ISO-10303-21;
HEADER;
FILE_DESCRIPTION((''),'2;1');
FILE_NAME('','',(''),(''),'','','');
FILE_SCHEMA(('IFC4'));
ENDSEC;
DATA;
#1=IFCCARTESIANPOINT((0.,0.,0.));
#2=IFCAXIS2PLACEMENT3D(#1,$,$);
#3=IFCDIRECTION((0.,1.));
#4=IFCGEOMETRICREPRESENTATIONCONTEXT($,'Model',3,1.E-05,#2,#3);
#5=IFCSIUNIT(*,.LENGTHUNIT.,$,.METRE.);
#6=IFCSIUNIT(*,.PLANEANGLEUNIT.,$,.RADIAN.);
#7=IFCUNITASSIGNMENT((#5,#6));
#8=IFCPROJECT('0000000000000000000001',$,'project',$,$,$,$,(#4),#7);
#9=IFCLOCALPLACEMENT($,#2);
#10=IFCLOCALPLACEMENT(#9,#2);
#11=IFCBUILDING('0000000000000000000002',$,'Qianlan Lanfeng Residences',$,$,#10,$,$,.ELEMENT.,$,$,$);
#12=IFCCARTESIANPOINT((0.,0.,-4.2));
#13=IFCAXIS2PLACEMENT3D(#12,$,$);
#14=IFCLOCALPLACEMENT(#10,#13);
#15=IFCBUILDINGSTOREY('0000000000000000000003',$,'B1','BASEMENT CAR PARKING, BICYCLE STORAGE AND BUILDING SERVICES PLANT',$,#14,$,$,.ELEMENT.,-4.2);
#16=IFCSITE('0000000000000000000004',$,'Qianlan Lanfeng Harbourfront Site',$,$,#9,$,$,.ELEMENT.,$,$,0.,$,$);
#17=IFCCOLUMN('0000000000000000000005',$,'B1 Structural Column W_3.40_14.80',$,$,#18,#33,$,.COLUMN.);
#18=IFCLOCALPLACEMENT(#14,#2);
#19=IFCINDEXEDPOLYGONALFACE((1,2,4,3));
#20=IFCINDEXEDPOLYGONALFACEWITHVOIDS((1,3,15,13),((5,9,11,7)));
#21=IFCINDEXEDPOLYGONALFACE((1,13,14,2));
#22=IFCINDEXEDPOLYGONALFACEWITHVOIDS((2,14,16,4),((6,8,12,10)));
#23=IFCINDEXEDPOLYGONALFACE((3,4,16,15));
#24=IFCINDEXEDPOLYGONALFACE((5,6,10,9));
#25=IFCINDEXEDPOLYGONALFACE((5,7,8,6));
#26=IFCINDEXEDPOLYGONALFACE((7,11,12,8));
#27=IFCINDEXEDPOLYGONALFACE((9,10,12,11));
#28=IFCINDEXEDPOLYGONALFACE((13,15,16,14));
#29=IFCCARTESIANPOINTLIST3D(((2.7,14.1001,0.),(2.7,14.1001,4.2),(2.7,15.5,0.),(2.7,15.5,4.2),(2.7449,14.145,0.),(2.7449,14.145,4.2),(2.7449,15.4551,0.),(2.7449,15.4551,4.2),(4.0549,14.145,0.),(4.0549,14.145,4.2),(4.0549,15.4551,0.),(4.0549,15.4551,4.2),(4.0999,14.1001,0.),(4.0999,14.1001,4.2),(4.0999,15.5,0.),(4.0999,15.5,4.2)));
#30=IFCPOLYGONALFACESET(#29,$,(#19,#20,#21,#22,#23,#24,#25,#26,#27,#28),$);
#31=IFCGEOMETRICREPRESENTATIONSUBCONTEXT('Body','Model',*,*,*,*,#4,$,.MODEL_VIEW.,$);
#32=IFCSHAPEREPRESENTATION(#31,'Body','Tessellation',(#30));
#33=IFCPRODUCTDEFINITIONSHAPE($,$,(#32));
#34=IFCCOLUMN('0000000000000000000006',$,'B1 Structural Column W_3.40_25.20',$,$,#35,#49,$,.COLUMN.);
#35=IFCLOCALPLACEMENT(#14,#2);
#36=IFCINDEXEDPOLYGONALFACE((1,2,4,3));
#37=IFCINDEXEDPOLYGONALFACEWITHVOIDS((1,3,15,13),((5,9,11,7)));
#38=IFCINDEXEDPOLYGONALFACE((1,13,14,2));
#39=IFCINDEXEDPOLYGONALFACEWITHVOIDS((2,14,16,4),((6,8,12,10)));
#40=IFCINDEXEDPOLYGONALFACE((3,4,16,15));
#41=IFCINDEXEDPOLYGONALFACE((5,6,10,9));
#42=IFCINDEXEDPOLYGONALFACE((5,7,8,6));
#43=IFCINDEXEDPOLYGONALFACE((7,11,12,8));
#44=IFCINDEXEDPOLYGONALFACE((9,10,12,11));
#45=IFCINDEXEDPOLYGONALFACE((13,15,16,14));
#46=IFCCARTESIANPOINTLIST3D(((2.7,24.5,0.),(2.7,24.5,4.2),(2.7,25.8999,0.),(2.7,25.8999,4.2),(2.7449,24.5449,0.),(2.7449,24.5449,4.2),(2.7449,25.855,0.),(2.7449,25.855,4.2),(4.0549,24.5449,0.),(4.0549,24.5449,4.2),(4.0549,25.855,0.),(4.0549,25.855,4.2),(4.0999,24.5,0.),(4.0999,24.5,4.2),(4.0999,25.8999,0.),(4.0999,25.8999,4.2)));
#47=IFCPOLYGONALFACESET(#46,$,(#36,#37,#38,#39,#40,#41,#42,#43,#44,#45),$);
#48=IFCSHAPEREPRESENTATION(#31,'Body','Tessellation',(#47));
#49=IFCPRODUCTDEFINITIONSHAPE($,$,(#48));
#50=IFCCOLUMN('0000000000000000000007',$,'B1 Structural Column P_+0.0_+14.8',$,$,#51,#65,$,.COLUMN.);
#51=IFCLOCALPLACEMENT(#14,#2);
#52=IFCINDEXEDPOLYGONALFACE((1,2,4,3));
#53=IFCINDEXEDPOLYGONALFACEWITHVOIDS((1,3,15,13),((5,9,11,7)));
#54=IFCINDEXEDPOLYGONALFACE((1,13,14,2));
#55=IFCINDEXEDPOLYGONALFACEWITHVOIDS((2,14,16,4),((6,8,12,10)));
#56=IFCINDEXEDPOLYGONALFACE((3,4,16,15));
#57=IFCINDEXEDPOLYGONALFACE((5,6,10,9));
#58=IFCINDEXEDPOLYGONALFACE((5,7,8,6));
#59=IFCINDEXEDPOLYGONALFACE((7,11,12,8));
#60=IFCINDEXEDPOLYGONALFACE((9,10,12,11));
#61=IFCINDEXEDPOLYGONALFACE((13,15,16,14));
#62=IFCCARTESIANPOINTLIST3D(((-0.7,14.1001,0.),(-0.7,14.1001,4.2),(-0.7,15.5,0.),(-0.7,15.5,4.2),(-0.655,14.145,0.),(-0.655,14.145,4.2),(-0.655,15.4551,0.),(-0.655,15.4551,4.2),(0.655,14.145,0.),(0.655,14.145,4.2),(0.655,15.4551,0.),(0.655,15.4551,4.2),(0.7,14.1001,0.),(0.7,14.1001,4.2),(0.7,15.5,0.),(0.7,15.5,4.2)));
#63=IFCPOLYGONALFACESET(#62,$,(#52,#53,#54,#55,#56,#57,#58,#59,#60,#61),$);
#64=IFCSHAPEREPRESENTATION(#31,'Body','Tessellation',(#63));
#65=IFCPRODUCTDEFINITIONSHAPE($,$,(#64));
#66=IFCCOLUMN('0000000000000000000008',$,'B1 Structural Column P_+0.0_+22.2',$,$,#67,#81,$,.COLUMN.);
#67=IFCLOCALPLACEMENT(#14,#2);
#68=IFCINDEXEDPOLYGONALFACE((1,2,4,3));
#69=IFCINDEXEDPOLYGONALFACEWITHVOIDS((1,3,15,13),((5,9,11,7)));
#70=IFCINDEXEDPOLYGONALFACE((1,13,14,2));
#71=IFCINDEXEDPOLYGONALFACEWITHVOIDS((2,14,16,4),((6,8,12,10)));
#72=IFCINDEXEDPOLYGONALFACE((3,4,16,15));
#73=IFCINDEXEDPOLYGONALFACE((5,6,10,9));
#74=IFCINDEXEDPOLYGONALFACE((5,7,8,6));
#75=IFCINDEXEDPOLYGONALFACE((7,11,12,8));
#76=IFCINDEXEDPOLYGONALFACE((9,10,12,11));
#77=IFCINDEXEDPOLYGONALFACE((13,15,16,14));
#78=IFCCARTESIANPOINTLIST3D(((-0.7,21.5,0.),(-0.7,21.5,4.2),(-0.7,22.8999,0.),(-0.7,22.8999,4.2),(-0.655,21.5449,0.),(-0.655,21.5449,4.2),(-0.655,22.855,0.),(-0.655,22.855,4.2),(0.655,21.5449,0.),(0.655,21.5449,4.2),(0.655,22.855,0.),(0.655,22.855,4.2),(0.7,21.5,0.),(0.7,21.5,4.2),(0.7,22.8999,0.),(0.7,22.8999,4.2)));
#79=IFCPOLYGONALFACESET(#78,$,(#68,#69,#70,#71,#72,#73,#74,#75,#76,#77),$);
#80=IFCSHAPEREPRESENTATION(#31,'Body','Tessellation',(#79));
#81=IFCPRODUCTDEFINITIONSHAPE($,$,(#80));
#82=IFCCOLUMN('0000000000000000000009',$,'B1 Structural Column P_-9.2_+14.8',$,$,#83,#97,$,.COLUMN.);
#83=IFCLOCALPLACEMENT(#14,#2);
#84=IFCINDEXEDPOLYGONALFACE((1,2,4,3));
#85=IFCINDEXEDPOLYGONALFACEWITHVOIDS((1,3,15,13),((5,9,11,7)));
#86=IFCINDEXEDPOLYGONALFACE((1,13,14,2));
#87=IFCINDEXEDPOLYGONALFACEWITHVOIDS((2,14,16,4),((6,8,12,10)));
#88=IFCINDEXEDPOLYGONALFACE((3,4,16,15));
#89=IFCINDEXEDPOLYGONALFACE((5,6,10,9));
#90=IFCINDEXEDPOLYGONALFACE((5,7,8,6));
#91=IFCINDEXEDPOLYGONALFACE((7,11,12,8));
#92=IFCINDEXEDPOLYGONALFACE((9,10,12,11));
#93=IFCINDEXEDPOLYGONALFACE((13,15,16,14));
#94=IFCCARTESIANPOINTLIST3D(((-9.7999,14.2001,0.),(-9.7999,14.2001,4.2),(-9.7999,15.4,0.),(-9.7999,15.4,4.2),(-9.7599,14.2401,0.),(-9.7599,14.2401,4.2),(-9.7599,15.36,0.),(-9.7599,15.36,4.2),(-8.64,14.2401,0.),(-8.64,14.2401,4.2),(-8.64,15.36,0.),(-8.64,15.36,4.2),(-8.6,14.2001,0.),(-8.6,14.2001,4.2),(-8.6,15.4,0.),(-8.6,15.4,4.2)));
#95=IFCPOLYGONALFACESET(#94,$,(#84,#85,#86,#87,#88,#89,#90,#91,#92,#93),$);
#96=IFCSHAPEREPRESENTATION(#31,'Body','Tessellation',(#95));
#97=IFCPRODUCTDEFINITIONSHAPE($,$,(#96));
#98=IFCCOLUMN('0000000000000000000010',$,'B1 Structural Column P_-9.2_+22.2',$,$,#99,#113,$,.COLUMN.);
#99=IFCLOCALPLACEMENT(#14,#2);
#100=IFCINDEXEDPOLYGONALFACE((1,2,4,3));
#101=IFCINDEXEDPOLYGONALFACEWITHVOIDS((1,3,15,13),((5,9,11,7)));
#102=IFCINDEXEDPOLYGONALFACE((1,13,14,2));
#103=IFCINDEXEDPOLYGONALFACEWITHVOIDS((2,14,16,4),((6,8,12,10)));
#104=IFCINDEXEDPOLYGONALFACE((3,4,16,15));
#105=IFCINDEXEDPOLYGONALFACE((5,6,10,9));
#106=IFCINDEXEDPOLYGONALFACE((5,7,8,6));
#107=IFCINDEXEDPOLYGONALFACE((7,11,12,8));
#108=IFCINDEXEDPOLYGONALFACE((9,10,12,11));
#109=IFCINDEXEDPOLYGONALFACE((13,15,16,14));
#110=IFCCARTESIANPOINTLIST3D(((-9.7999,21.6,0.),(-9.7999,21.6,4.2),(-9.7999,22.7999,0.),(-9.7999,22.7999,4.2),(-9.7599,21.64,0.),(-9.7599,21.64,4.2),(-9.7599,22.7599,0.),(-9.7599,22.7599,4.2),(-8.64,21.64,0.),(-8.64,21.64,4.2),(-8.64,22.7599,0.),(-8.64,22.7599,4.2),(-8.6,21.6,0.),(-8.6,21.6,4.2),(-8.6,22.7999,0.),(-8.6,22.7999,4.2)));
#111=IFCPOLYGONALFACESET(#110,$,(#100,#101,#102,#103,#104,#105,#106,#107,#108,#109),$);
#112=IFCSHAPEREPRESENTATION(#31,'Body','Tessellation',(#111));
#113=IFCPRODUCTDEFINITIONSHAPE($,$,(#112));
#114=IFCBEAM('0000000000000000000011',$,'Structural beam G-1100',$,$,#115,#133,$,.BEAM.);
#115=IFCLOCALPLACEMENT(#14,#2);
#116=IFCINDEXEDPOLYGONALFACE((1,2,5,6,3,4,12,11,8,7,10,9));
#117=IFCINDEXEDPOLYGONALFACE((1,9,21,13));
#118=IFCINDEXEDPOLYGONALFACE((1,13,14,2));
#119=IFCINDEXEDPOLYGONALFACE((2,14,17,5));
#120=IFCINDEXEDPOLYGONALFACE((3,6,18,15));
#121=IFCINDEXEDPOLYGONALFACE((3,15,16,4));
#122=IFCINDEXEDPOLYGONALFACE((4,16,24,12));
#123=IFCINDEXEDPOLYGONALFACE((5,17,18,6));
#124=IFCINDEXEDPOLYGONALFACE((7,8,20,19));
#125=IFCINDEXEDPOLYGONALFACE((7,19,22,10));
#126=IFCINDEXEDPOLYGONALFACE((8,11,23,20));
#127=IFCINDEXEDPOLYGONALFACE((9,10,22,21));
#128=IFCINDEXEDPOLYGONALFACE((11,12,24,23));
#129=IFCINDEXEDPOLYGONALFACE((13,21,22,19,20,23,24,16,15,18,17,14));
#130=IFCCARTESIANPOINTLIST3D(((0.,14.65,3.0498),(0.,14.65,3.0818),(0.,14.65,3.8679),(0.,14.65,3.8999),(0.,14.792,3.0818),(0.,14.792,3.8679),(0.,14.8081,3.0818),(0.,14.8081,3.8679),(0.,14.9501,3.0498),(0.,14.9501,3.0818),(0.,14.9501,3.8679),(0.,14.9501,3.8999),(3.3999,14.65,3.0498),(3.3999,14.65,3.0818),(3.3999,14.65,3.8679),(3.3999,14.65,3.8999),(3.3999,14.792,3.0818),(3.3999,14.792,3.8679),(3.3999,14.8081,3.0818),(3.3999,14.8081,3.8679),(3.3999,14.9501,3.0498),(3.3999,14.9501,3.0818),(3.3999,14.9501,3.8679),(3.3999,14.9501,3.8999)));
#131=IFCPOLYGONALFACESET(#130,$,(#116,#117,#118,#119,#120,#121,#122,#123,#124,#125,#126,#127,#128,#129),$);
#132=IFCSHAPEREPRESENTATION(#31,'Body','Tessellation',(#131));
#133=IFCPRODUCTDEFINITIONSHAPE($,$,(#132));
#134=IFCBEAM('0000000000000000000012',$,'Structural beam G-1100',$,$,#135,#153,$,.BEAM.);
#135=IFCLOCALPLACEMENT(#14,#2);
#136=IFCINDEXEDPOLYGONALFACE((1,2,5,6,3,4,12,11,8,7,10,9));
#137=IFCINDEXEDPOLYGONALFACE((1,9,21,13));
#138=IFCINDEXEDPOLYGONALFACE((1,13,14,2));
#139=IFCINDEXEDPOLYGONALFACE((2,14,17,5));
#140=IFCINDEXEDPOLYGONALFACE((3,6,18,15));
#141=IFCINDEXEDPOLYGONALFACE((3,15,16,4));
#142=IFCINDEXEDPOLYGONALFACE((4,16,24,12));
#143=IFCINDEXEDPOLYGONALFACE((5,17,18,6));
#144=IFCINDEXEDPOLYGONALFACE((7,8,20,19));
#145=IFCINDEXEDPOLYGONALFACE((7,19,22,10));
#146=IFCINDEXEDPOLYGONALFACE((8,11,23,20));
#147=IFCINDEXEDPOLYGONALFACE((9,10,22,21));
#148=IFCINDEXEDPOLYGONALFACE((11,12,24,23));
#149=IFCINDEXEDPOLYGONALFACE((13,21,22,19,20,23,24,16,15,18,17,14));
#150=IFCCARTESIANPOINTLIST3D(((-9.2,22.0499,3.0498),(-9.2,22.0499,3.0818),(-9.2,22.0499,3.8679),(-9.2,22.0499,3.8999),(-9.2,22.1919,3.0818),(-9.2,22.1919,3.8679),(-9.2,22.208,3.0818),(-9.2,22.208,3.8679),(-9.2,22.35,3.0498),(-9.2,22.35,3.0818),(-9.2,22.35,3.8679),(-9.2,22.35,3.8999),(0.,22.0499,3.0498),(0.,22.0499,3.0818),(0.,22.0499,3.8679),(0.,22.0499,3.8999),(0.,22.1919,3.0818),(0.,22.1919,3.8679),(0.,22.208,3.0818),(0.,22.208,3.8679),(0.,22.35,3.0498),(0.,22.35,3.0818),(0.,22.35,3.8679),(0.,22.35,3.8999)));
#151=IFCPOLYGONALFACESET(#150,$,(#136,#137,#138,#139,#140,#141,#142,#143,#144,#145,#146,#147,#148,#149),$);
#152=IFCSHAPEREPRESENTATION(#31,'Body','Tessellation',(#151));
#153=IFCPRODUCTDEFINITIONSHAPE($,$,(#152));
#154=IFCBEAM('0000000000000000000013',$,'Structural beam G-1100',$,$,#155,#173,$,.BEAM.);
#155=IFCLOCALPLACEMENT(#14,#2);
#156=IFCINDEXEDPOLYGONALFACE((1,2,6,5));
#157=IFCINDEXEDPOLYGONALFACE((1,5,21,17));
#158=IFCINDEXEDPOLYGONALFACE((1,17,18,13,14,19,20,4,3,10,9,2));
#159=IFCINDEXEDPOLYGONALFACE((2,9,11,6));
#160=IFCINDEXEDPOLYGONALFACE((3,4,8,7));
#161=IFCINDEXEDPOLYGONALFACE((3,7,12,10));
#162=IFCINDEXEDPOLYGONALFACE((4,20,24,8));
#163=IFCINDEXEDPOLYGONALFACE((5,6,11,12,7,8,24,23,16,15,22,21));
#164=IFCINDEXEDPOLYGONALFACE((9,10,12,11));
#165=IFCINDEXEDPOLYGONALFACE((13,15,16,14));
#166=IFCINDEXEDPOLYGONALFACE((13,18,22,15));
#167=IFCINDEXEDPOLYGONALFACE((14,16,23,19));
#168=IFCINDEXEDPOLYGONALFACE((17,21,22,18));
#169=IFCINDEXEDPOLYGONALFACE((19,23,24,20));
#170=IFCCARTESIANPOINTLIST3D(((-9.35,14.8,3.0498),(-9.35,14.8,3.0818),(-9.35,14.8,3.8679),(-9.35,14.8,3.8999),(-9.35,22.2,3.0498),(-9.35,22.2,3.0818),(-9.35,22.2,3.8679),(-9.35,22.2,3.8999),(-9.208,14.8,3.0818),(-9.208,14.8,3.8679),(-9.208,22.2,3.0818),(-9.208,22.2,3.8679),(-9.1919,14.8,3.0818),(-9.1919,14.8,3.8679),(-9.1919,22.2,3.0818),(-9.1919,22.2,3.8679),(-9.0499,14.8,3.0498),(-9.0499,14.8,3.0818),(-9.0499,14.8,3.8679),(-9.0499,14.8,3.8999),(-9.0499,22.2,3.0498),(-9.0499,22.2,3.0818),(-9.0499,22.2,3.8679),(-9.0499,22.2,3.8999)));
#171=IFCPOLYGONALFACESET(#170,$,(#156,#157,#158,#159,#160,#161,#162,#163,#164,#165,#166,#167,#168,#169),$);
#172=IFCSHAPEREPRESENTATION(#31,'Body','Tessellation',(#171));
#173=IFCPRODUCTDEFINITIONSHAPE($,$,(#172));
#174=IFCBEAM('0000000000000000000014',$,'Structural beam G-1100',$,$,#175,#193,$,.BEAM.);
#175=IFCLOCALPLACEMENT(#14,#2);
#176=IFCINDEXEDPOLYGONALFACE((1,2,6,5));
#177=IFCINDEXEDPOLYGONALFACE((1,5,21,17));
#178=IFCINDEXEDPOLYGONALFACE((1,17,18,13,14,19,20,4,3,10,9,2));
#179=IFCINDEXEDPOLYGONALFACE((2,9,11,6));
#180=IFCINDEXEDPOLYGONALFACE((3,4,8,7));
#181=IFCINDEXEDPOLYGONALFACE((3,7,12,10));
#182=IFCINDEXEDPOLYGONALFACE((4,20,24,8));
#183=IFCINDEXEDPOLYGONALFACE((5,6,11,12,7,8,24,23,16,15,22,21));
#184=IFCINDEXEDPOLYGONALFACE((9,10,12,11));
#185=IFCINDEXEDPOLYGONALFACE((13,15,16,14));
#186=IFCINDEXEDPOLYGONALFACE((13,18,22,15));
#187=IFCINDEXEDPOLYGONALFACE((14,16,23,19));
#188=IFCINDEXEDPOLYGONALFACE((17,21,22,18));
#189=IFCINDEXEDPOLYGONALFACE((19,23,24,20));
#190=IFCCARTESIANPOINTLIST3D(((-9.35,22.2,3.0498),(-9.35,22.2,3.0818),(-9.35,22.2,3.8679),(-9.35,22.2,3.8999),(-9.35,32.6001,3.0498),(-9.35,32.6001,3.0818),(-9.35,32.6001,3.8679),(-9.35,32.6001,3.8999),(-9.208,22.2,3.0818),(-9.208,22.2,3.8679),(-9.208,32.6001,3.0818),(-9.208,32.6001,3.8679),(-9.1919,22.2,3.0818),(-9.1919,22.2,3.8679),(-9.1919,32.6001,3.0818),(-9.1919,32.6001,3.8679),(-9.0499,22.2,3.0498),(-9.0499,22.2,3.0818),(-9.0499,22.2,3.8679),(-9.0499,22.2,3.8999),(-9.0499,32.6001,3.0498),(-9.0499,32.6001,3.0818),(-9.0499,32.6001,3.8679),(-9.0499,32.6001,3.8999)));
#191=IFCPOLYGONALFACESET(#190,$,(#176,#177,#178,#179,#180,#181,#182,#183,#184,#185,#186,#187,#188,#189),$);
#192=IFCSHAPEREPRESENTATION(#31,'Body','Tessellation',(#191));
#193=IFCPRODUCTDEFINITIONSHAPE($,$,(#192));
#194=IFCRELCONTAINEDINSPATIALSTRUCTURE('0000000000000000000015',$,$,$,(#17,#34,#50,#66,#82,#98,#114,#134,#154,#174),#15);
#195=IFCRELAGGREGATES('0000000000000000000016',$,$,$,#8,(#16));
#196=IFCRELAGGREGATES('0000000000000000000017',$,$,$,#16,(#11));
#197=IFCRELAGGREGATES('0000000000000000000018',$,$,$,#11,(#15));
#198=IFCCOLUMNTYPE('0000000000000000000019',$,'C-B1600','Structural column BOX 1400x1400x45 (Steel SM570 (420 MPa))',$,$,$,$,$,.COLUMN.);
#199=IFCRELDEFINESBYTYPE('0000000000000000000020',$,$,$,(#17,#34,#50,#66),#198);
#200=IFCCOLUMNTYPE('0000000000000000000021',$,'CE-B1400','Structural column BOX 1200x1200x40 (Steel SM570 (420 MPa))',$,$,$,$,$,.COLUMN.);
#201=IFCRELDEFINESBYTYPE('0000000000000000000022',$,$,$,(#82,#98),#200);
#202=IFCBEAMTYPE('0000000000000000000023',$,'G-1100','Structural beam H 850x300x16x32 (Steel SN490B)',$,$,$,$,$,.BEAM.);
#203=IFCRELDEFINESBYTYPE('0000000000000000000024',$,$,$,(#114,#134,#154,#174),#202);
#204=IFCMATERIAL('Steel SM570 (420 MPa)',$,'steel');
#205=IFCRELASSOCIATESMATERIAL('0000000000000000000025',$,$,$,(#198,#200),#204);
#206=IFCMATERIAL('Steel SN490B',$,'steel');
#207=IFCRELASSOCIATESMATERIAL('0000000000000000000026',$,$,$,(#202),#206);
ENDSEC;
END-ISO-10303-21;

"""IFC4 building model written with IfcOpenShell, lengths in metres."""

from ifc_helpers import new_model, si_unit, direction, frame, origin, origin_2d, place, context, subcontext, project, spatial, hollow_rectangle, i_section, extrude, material, material_profile, profile_set, type_object, element, save


model = new_model("IFC4")

# Units and contexts
model_context = context("Model", 3, precision=1e-05, world=origin(), true_north=direction((0.0, 1.0)))
body_context = subcontext(model_context, "Body", "Model", "MODEL_VIEW")
ifc_project = project(units=[si_unit("LENGTHUNIT", "METRE"), si_unit("PLANEANGLEUNIT", "RADIAN")], contexts=[model_context])

# Site, building, storey
site_placement = place(None, origin())
site = spatial("IfcSite", under=ifc_project, at=site_placement, Name="Qianlan Lanfeng Harbourfront Site", CompositionType="ELEMENT", RefElevation=0.0)
building_placement = place(site_placement, origin())
building = spatial("IfcBuilding", under=site, at=building_placement, Name="Qianlan Lanfeng Residences", CompositionType="ELEMENT")
storey_placement = place(building_placement, frame((0.0, 0.0, -4.2)))
storey = spatial("IfcBuildingStorey", under=building, at=storey_placement, Name="B1", Description="BASEMENT CAR PARKING, BICYCLE STORAGE AND BUILDING SERVICES PLANT", CompositionType="ELEMENT", Elevation=-4.2)

# Columns
ifc_material_1 = material(Name="Steel SM570 (420 MPa)", Category="steel")
ifc_material_profile_1 = material_profile(ifc_material_1, hollow_rectangle(XDim=1.3999, YDim=1.3999, WallThickness=0.0449, at=origin_2d()), Name="BOX 1400x1400x45")
ifc_profile_set_1 = profile_set([ifc_material_profile_1], Name="Steel SM570 (420 MPa)")
column_type_1 = type_object("IfcColumnType", Name="C-B1600", Description="Structural column BOX 1400x1400x45 (Steel SM570 (420 MPa))", PredefinedType="COLUMN", material=ifc_profile_set_1)
for number, where, z_axis, x_axis, name in (
    (1, (3.3999, 14.8, 0.0), (0.0, 0.0, 1.0), (1.0, 0.0, 0.0), "B1 Structural Column W_3.40_14.80"),
    (2, (3.3999, 25.2, 0.0), (0.0, 0.0, 1.0), (1.0, 0.0, 0.0), "B1 Structural Column W_3.40_25.20"),
    (3, (0.0, 14.8, 0.0), (0.0, 0.0, 1.0), (1.0, 0.0, 0.0), "B1 Structural Column P_+0.0_+14.8"),
    (4, (0.0, 22.2, 0.0), (0.0, 0.0, 1.0), (1.0, 0.0, 0.0), "B1 Structural Column P_+0.0_+22.2"),
):
    element("IfcColumn", number, at=place(storey_placement, frame(where, z_axis=z_axis, x_axis=x_axis)), inside=storey, type_object=column_type_1, Name=name, PredefinedType="COLUMN", context=body_context, shape_type="SweptSolid", body=[
        extrude(hollow_rectangle(XDim=1.3999, YDim=1.3999, WallThickness=0.0449, at=origin_2d()), origin(), (0.0, 0.0, 1.0), 4.2),
    ])
ifc_material_profile_2 = material_profile(ifc_material_1, hollow_rectangle(XDim=1.2, YDim=1.2, WallThickness=0.04, at=origin_2d()), Name="BOX 1200x1200x40")
ifc_profile_set_2 = profile_set([ifc_material_profile_2], Name="Steel SM570 (420 MPa)")
column_type_2 = type_object("IfcColumnType", Name="CE-B1400", Description="Structural column BOX 1200x1200x40 (Steel SM570 (420 MPa))", PredefinedType="COLUMN", material=ifc_profile_set_2)
for number, where, z_axis, x_axis, name in (
    (5, (-9.2, 14.8, 0.0), (0.0, 0.0, 1.0), (1.0, 0.0, 0.0), "B1 Structural Column P_-9.2_+14.8"),
    (6, (-9.2, 22.2, 0.0), (0.0, 0.0, 1.0), (1.0, 0.0, 0.0), "B1 Structural Column P_-9.2_+22.2"),
):
    element("IfcColumn", number, at=place(storey_placement, frame(where, z_axis=z_axis, x_axis=x_axis)), inside=storey, type_object=column_type_2, Name=name, PredefinedType="COLUMN", context=body_context, shape_type="SweptSolid", body=[
        extrude(hollow_rectangle(XDim=1.2, YDim=1.2, WallThickness=0.04, at=origin_2d()), origin(), (0.0, 0.0, 1.0), 4.2),
    ])

# Beams
ifc_material_2 = material(Name="Steel SN490B", Category="steel")
ifc_material_profile_3 = material_profile(ifc_material_2, i_section(OverallWidth=0.3, OverallDepth=0.8501, WebThickness=0.0161, FlangeThickness=0.032, at=origin_2d()), Name="H 850x300x16x32")
ifc_profile_set_3 = profile_set([ifc_material_profile_3], Name="Steel SN490B")
beam_type_1 = type_object("IfcBeamType", Name="G-1100", Description="Structural beam H 850x300x16x32 (Steel SN490B)", PredefinedType="BEAM", material=ifc_profile_set_3)
beam_1_placement = place(storey_placement, frame((0.0, 14.8, 3.4749), z_axis=(1.0, 0.0, 0.0), x_axis=(0.0, 1.0, 0.0)))
element("IfcBeam", 7, at=beam_1_placement, inside=storey, type_object=beam_type_1, Name="Structural beam G-1100", PredefinedType="BEAM", context=body_context, shape_type="SweptSolid", body=[
    extrude(i_section(OverallWidth=0.3, OverallDepth=0.8501, WebThickness=0.0161, FlangeThickness=0.032, at=origin_2d()), origin(), (0.0, 0.0, 1.0), 3.3999),
])
beam_2_placement = place(storey_placement, frame((-9.2, 22.2, 3.4749), z_axis=(1.0, 0.0, 0.0), x_axis=(0.0, 1.0, 0.0)))
element("IfcBeam", 8, at=beam_2_placement, inside=storey, type_object=beam_type_1, Name="Structural beam G-1100", PredefinedType="BEAM", context=body_context, shape_type="SweptSolid", body=[
    extrude(i_section(OverallWidth=0.3, OverallDepth=0.8501, WebThickness=0.0161, FlangeThickness=0.032, at=origin_2d()), origin(), (0.0, 0.0, 1.0), 9.2),
])
beam_3_placement = place(storey_placement, frame((-9.2, 14.8, 3.4749), z_axis=(0.0, 1.0, 0.0), x_axis=(-1.0, 0.0, 0.0)))
element("IfcBeam", 9, at=beam_3_placement, inside=storey, type_object=beam_type_1, Name="Structural beam G-1100", PredefinedType="BEAM", context=body_context, shape_type="SweptSolid", body=[
    extrude(i_section(OverallWidth=0.3, OverallDepth=0.8501, WebThickness=0.0161, FlangeThickness=0.032, at=origin_2d()), origin(), (0.0, 0.0, 1.0), 7.3999),
])
beam_4_placement = place(storey_placement, frame((-9.2, 22.2, 3.4749), z_axis=(0.0, 1.0, 0.0), x_axis=(-1.0, 0.0, 0.0)))
element("IfcBeam", 10, at=beam_4_placement, inside=storey, type_object=beam_type_1, Name="Structural beam G-1100", PredefinedType="BEAM", context=body_context, shape_type="SweptSolid", body=[
    extrude(i_section(OverallWidth=0.3, OverallDepth=0.8501, WebThickness=0.0161, FlangeThickness=0.032, at=origin_2d()), origin(), (0.0, 0.0, 1.0), 10.4001),
])

save(model, "model.ifc")
